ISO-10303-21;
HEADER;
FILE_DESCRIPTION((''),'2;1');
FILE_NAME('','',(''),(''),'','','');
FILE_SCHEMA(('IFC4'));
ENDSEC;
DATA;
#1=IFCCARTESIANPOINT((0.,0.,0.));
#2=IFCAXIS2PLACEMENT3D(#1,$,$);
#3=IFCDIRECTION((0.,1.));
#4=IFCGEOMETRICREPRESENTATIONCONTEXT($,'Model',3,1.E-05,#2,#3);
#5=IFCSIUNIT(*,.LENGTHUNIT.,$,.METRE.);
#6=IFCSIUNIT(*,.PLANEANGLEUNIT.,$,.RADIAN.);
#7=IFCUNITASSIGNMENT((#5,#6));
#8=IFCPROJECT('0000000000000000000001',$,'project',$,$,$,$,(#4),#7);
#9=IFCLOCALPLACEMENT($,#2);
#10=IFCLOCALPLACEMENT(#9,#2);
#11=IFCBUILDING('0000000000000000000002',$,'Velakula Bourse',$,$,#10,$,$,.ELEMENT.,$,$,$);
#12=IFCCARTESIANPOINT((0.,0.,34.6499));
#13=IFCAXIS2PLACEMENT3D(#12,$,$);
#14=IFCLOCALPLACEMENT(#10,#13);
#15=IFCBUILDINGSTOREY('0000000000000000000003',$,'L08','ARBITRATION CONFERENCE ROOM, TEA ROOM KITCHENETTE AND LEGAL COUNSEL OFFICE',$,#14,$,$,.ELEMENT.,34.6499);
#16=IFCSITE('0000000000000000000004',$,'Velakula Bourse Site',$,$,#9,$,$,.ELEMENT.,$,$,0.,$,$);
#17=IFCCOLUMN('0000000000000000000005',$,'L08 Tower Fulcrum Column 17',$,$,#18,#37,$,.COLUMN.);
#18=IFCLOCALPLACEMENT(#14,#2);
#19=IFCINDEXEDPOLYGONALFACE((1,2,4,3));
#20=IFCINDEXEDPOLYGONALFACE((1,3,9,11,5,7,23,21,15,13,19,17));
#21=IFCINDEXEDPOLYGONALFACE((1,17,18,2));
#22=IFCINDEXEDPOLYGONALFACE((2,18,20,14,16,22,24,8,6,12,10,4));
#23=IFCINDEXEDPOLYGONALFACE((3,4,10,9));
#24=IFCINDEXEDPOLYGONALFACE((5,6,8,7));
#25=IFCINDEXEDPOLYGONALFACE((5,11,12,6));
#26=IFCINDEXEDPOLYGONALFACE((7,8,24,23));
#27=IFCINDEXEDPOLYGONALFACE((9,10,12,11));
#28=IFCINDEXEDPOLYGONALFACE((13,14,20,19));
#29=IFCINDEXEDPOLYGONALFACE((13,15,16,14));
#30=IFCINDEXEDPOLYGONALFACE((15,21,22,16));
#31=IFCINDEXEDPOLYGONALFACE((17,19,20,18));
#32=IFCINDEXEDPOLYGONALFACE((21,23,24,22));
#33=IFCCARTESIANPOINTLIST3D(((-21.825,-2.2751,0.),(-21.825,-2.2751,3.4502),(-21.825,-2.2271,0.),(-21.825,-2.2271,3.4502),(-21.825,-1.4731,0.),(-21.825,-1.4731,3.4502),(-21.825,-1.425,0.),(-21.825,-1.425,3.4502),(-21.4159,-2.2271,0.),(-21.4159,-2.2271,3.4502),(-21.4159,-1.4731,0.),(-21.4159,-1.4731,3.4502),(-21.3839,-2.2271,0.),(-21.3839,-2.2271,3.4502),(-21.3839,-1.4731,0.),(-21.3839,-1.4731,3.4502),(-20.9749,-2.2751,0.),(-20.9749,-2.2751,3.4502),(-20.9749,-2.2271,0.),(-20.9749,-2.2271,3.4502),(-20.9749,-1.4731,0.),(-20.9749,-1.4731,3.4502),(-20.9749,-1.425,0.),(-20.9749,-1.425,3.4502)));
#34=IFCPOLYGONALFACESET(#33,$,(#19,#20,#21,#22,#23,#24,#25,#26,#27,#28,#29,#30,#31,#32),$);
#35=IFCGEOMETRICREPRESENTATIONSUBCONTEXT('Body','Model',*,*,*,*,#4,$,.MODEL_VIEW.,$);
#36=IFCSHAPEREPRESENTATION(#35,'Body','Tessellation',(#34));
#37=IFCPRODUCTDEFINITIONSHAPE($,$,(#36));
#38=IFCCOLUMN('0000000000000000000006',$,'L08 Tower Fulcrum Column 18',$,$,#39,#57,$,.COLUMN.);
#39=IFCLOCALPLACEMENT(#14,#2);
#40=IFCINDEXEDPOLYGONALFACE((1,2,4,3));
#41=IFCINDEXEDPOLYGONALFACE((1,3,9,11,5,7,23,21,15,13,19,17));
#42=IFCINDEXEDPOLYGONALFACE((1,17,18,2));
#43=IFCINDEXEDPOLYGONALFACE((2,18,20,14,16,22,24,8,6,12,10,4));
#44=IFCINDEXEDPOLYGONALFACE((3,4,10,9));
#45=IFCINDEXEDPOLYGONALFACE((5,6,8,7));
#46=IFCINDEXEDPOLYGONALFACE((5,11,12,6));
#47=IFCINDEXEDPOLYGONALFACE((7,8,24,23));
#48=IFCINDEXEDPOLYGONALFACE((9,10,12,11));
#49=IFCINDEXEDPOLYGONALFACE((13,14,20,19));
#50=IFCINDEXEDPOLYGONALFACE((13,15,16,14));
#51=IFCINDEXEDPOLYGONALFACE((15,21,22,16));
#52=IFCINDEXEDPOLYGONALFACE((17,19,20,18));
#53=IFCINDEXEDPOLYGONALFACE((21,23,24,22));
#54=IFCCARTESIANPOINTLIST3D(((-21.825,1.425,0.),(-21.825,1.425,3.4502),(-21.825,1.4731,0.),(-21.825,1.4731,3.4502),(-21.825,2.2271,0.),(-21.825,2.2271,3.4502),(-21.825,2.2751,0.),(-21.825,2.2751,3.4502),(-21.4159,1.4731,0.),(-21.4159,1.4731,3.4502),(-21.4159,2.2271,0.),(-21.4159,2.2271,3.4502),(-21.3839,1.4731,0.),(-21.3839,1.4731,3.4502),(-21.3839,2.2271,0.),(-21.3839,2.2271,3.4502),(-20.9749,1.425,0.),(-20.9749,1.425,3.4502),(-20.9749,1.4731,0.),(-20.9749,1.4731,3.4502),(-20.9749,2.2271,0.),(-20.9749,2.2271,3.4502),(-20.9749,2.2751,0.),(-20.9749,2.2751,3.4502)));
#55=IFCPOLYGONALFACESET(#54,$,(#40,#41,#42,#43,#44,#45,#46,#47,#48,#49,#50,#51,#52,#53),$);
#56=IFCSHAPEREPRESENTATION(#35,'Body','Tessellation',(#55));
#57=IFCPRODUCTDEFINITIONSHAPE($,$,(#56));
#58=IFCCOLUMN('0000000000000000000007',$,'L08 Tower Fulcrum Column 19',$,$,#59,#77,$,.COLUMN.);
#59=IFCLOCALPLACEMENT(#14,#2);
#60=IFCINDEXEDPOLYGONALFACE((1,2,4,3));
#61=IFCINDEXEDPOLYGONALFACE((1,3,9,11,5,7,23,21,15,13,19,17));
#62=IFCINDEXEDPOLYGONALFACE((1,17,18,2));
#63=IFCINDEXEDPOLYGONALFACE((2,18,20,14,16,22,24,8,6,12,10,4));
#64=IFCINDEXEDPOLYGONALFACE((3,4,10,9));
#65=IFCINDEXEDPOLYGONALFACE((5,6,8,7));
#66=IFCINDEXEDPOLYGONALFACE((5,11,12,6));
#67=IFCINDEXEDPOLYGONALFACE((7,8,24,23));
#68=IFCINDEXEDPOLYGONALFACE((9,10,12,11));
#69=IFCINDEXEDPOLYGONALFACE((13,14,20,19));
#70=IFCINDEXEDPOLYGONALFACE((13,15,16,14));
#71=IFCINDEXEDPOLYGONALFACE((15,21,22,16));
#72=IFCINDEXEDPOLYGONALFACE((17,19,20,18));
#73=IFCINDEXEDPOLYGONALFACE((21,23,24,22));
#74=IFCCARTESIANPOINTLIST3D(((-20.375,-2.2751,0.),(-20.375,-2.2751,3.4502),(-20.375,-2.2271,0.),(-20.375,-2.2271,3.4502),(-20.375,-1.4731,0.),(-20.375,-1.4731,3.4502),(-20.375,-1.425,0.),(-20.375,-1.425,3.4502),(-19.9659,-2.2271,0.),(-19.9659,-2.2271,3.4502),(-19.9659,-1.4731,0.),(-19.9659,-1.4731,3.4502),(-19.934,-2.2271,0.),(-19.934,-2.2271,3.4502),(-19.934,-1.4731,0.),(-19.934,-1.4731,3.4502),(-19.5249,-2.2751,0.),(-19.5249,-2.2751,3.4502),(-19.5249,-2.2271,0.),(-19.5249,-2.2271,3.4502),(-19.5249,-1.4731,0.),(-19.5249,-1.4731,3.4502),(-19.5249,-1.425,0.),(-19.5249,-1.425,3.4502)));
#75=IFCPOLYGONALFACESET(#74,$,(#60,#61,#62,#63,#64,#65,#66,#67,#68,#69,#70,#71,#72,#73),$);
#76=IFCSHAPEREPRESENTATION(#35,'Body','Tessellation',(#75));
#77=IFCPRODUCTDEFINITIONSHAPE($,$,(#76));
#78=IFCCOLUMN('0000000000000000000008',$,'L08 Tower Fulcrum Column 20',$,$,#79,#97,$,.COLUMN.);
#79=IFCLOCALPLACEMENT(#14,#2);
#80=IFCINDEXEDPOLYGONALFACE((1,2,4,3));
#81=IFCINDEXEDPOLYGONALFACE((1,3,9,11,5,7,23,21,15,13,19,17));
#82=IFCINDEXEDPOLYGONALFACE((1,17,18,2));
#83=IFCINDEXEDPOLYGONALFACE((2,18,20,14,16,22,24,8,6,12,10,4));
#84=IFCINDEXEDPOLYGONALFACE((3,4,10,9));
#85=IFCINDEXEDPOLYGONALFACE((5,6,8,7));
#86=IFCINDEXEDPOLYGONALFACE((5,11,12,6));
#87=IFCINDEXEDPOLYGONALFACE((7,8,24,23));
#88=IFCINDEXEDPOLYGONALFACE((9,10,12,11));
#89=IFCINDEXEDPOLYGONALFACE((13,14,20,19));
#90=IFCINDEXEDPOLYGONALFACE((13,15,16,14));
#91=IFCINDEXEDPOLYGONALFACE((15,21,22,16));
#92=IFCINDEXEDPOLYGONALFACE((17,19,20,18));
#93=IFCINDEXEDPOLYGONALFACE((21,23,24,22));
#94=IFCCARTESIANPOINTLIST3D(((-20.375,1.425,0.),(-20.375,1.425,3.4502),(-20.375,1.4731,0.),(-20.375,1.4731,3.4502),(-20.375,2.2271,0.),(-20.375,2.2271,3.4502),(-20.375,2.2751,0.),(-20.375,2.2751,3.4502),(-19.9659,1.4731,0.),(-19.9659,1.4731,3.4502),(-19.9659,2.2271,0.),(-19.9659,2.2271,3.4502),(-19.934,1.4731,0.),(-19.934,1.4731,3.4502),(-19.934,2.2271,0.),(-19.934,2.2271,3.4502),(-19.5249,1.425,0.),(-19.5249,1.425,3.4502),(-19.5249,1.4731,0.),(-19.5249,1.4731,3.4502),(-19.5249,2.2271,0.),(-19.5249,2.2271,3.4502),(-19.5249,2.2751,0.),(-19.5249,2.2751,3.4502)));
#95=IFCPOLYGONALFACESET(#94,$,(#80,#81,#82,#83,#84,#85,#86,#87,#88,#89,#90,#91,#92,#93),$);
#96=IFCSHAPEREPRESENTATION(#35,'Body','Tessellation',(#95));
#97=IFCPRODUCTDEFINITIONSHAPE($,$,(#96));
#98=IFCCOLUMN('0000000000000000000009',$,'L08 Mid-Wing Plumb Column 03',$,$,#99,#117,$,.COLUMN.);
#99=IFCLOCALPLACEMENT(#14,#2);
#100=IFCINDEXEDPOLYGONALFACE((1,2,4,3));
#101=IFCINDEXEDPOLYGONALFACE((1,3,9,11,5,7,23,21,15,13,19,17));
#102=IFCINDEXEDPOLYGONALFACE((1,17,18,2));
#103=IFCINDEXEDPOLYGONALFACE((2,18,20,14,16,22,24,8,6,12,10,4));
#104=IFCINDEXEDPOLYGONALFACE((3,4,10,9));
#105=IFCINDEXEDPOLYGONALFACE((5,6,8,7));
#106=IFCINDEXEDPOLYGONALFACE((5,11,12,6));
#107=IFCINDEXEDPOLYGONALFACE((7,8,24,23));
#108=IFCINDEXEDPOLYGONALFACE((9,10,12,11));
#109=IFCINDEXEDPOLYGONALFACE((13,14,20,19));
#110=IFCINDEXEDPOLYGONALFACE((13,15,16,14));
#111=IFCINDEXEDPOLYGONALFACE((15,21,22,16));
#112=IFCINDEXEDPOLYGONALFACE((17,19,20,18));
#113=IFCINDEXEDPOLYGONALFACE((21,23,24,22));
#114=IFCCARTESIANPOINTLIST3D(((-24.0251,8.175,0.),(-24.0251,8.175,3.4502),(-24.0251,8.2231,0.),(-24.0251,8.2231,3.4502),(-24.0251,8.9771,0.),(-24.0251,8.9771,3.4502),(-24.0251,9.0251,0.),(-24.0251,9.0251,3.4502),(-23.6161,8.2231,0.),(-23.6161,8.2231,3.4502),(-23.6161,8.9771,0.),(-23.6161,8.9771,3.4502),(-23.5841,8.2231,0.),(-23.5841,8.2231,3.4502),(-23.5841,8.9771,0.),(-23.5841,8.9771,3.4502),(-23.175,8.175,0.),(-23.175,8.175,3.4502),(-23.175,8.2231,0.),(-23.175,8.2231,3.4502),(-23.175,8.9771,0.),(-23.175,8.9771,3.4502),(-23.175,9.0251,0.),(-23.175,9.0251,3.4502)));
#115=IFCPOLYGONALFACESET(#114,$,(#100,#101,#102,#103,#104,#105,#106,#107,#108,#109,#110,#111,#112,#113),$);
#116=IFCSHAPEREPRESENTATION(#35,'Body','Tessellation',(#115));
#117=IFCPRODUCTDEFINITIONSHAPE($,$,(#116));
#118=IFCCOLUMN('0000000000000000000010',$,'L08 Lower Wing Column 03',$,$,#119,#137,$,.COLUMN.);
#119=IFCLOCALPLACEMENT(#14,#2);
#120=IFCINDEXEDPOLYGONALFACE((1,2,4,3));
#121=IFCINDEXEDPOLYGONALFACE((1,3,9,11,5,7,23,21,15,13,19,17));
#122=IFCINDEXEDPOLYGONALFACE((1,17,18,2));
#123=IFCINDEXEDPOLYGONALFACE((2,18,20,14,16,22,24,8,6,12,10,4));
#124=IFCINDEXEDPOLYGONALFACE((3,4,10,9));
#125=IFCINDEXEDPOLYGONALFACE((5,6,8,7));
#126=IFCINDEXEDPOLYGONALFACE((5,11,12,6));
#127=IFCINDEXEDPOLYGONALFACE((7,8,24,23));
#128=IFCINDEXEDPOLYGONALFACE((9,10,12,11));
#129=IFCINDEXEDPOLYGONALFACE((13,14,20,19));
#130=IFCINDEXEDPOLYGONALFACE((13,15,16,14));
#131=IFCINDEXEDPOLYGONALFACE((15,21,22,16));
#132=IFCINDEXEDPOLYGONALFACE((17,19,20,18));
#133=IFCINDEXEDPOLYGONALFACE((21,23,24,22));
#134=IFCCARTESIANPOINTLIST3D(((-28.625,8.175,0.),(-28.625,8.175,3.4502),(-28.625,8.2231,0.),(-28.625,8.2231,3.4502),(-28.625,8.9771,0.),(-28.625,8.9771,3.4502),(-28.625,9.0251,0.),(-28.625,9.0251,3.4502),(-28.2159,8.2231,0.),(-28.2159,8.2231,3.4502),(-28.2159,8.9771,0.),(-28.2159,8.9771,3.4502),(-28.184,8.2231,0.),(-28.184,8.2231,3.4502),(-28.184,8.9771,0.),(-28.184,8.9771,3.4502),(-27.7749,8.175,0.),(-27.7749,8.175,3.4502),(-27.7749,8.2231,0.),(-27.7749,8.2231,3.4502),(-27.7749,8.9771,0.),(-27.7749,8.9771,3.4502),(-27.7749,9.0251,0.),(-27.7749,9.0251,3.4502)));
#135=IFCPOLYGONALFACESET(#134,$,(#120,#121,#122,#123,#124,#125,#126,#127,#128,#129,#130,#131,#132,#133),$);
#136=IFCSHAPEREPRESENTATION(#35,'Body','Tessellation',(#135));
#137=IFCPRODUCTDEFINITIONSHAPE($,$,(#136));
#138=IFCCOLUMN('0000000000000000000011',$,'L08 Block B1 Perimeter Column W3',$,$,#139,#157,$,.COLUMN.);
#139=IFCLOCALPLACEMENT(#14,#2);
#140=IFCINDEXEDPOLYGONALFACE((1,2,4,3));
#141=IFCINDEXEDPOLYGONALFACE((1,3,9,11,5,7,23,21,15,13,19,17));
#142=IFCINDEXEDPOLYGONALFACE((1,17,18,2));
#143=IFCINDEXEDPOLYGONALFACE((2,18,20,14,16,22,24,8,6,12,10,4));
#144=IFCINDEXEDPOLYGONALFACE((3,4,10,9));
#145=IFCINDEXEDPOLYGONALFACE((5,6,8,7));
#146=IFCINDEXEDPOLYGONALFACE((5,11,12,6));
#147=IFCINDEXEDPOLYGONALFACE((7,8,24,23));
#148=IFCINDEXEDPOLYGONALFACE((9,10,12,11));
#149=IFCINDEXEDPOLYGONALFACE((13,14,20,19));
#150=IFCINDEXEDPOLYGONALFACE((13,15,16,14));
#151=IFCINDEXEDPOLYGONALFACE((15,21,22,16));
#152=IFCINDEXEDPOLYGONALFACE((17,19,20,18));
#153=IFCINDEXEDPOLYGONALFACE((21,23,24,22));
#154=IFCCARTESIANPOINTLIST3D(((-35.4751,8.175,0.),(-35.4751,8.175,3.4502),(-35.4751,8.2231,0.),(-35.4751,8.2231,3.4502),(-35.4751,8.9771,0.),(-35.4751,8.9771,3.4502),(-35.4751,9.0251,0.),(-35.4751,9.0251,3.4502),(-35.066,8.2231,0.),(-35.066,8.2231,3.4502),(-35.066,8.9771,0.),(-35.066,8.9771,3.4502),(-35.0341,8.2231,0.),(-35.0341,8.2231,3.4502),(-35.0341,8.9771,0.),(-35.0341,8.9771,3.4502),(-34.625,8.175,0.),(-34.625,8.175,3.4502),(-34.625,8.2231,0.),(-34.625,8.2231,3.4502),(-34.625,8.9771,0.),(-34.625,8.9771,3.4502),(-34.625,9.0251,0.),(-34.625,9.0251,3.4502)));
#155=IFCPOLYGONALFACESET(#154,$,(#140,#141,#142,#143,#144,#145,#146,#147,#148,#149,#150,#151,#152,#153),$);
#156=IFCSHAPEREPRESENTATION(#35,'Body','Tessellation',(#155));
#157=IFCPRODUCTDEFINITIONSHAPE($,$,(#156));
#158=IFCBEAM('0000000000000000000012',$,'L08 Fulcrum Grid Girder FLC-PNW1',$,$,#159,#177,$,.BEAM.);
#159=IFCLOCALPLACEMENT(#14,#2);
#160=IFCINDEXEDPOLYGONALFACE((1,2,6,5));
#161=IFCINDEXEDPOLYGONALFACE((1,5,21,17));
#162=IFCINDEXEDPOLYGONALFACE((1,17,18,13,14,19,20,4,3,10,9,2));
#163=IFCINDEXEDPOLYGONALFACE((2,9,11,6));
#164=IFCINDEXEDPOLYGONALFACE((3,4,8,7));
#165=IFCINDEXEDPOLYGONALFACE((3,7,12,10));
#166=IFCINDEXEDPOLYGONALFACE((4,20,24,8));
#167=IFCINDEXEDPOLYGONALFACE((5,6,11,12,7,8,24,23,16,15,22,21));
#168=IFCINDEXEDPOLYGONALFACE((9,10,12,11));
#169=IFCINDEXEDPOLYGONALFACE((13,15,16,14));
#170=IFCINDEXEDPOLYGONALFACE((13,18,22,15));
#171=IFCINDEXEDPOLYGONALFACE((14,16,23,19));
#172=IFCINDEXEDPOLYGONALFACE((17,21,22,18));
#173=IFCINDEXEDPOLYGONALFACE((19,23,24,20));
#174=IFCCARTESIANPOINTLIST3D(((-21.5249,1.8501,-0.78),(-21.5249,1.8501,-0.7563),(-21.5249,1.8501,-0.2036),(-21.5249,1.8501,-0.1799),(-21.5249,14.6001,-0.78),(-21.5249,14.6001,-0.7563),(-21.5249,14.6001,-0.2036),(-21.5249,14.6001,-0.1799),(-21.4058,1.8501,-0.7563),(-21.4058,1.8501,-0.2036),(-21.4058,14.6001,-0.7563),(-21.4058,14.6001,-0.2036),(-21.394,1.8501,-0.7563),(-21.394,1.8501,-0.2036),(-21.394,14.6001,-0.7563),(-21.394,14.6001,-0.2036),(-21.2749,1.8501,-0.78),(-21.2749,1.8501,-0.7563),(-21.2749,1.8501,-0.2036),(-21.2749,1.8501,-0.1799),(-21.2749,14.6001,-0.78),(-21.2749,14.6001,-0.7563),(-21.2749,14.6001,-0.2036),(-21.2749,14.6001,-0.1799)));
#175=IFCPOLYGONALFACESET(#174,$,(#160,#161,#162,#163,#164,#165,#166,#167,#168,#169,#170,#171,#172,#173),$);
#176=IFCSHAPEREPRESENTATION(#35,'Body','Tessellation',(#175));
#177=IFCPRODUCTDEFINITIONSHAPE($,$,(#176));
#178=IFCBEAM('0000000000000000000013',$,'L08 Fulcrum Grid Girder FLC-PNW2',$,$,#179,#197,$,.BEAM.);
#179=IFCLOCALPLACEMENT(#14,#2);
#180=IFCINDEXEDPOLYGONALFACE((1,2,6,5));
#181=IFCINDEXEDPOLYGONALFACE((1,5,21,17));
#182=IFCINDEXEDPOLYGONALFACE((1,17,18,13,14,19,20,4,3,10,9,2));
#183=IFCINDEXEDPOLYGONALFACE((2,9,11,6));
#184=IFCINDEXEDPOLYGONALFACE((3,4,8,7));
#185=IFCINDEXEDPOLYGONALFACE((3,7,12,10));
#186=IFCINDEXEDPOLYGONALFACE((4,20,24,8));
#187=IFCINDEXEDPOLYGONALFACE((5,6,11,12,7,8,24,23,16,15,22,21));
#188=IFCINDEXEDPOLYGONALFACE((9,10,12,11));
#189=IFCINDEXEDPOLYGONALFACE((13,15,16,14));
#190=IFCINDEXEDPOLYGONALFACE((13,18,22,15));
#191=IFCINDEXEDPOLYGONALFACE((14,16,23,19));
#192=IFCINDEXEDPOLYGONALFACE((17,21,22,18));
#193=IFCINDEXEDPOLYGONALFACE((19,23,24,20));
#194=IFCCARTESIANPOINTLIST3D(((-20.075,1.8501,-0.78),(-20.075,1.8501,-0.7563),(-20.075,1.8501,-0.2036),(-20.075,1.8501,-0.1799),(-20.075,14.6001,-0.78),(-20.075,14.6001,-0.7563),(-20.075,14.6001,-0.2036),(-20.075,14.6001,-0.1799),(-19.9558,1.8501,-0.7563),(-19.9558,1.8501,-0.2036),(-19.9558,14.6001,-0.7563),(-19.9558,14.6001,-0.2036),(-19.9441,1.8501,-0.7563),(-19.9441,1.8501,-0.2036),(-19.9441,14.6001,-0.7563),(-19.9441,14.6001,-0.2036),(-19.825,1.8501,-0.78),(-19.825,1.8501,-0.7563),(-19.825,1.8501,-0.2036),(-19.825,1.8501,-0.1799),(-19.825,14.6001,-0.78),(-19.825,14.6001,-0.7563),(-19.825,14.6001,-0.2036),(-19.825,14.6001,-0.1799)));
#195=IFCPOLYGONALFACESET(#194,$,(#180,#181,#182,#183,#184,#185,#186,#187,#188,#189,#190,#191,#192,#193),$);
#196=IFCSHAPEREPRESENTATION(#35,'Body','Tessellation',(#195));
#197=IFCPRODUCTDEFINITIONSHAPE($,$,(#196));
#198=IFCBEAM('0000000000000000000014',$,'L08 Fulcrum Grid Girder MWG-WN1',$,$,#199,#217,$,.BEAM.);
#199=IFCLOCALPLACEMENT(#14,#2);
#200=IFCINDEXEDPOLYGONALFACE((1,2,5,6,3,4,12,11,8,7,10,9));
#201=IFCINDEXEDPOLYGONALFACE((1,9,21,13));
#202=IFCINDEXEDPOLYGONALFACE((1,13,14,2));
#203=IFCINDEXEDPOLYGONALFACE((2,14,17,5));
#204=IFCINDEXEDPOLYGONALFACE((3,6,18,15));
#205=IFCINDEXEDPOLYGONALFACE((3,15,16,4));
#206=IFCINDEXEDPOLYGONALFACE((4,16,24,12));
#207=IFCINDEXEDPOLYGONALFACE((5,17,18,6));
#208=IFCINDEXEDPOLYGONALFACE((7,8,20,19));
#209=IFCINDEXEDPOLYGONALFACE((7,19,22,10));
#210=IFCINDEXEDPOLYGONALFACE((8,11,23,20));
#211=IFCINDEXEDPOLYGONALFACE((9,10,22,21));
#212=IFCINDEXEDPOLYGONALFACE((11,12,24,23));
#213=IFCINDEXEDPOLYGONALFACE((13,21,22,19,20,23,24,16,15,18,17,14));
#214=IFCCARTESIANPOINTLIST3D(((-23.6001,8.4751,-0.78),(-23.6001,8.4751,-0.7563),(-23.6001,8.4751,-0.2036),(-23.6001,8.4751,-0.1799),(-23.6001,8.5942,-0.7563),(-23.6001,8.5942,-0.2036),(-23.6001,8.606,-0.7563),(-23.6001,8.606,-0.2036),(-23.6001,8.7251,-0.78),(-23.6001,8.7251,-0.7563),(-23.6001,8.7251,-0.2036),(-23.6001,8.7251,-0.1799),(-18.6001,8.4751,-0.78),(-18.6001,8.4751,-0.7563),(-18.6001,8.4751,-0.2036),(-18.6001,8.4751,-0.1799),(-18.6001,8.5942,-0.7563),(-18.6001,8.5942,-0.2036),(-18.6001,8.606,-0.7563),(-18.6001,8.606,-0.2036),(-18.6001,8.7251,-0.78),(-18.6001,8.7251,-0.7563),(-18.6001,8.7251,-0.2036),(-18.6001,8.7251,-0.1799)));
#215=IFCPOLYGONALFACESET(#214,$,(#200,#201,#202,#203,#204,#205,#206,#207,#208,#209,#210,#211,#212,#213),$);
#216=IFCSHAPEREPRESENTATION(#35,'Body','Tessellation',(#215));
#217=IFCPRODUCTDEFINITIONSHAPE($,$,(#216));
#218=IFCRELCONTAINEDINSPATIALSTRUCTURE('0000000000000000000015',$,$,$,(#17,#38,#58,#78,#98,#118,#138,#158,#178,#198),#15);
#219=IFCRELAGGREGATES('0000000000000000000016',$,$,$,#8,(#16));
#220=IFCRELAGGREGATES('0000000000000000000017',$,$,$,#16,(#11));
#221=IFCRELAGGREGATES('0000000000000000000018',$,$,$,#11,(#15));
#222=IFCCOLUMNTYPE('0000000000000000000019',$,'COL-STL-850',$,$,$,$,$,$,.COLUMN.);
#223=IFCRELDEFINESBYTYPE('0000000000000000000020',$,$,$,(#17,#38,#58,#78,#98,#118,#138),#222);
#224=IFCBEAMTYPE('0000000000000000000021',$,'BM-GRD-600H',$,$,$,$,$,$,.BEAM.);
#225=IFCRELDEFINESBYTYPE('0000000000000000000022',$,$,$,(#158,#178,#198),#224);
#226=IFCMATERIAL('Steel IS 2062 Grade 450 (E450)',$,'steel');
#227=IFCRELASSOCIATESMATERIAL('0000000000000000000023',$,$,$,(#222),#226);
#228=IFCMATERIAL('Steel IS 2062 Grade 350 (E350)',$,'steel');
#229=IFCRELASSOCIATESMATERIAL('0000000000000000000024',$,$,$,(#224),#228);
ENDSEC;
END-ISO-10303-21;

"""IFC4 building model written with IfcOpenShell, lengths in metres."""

from ifc_helpers import new_model, si_unit, direction, frame, origin, origin_2d, place, context, subcontext, project, spatial, i_section, extrude, material, material_profile, profile_set, type_object, element, save


model = new_model("IFC4")

# Units and contexts
model_context = context("Model", 3, precision=1e-05, world=origin(), true_north=direction((0.0, 1.0)))
body_context = subcontext(model_context, "Body", "Model", "MODEL_VIEW")
ifc_project = project(units=[si_unit("LENGTHUNIT", "METRE"), si_unit("PLANEANGLEUNIT", "RADIAN")], contexts=[model_context])

# Site, building, storey
site_placement = place(None, origin())
site = spatial("IfcSite", under=ifc_project, at=site_placement, Name="Velakula Bourse Site", CompositionType="ELEMENT", RefElevation=0.0)
building_placement = place(site_placement, origin())
building = spatial("IfcBuilding", under=site, at=building_placement, Name="Velakula Bourse", CompositionType="ELEMENT")
storey_placement = place(building_placement, frame((0.0, 0.0, 34.6499)))
storey = spatial("IfcBuildingStorey", under=building, at=storey_placement, Name="L08", Description="ARBITRATION CONFERENCE ROOM, TEA ROOM KITCHENETTE AND LEGAL COUNSEL OFFICE", CompositionType="ELEMENT", Elevation=34.6499)

# Columns
ifc_material_1 = material(Name="Steel IS 2062 Grade 450 (E450)", Category="steel")
ifc_material_profile_1 = material_profile(ifc_material_1, i_section(OverallWidth=0.8501, OverallDepth=0.8501, WebThickness=0.032, FlangeThickness=0.0481, at=origin_2d()), Name="Steel IS 2062 Grade 450 (E450)")
ifc_profile_set_1 = profile_set([ifc_material_profile_1], Name="Steel IS 2062 Grade 450 (E450)")
column_type = type_object("IfcColumnType", Name="COL-STL-850", PredefinedType="COLUMN", material=ifc_profile_set_1)
for number, where, z_axis, x_axis, name in (
    (1, (-21.3999, -1.8501, 0.0), (0.0, 0.0, 1.0), (1.0, 0.0, 0.0), "L08 Tower Fulcrum Column 17"),
    (2, (-21.3999, 1.8501, 0.0), (0.0, 0.0, 1.0), (1.0, 0.0, 0.0), "L08 Tower Fulcrum Column 18"),
    (3, (-19.95, -1.8501, 0.0), (0.0, 0.0, 1.0), (1.0, 0.0, 0.0), "L08 Tower Fulcrum Column 19"),
    (4, (-19.95, 1.8501, 0.0), (0.0, 0.0, 1.0), (1.0, 0.0, 0.0), "L08 Tower Fulcrum Column 20"),
    (5, (-23.6001, 8.6001, 0.0), (0.0, 0.0, 1.0), (1.0, 0.0, 0.0), "L08 Mid-Wing Plumb Column 03"),
    (6, (-28.2, 8.6001, 0.0), (0.0, 0.0, 1.0), (1.0, 0.0, 0.0), "L08 Lower Wing Column 03"),
    (7, (-35.05, 8.6001, 0.0), (0.0, 0.0, 1.0), (1.0, 0.0, 0.0), "L08 Block B1 Perimeter Column W3"),
):
    element("IfcColumn", number, at=place(storey_placement, frame(where, z_axis=z_axis, x_axis=x_axis)), inside=storey, type_object=column_type, Name=name, PredefinedType="COLUMN", context=body_context, shape_type="SweptSolid", body=[
        extrude(i_section(OverallWidth=0.8501, OverallDepth=0.8501, WebThickness=0.032, FlangeThickness=0.0481, at=origin_2d()), origin(), (0.0, 0.0, 1.0), 3.4502),
    ])

# Beams
ifc_material_2 = material(Name="Steel IS 2062 Grade 350 (E350)", Category="steel")
ifc_material_profile_2 = material_profile(ifc_material_2, i_section(OverallWidth=0.25, OverallDepth=0.6001, WebThickness=0.0117, FlangeThickness=0.0237, at=origin_2d()), Name="Steel IS 2062 Grade 350 (E350)")
ifc_profile_set_2 = profile_set([ifc_material_profile_2], Name="Steel IS 2062 Grade 350 (E350)")
beam_type_1 = type_object("IfcBeamType", Name="BM-GRD-600H", PredefinedType="BEAM", material=ifc_profile_set_2)
for number, where, z_axis, x_axis, name in (
    (8, (-21.3999, 1.8501, -0.48), (0.0, 1.0, 0.0), (-1.0, 0.0, 0.0), "L08 Fulcrum Grid Girder FLC-PNW1"),
    (9, (-19.95, 1.8501, -0.48), (0.0, 1.0, 0.0), (-1.0, 0.0, 0.0), "L08 Fulcrum Grid Girder FLC-PNW2"),
):
    element("IfcBeam", number, at=place(storey_placement, frame(where, z_axis=z_axis, x_axis=x_axis)), inside=storey, type_object=beam_type_1, Name=name, PredefinedType="BEAM", context=body_context, shape_type="SweptSolid", body=[
        extrude(i_section(OverallWidth=0.25, OverallDepth=0.6001, WebThickness=0.0117, FlangeThickness=0.0237, at=origin_2d()), origin(), (0.0, 0.0, 1.0), 12.75),
    ])
beam_1_placement = place(storey_placement, frame((-23.6001, 8.6001, -0.48), z_axis=(1.0, 0.0, 0.0), x_axis=(0.0, 1.0, 0.0)))
element("IfcBeam", 10, at=beam_1_placement, inside=storey, type_object=beam_type_1, Name="L08 Fulcrum Grid Girder MWG-WN1", PredefinedType="BEAM", context=body_context, shape_type="SweptSolid", body=[
    extrude(i_section(OverallWidth=0.25, OverallDepth=0.6001, WebThickness=0.0117, FlangeThickness=0.0237, at=origin_2d()), origin(), (0.0, 0.0, 1.0), 5.0),
])

save(model, "model.ifc")
